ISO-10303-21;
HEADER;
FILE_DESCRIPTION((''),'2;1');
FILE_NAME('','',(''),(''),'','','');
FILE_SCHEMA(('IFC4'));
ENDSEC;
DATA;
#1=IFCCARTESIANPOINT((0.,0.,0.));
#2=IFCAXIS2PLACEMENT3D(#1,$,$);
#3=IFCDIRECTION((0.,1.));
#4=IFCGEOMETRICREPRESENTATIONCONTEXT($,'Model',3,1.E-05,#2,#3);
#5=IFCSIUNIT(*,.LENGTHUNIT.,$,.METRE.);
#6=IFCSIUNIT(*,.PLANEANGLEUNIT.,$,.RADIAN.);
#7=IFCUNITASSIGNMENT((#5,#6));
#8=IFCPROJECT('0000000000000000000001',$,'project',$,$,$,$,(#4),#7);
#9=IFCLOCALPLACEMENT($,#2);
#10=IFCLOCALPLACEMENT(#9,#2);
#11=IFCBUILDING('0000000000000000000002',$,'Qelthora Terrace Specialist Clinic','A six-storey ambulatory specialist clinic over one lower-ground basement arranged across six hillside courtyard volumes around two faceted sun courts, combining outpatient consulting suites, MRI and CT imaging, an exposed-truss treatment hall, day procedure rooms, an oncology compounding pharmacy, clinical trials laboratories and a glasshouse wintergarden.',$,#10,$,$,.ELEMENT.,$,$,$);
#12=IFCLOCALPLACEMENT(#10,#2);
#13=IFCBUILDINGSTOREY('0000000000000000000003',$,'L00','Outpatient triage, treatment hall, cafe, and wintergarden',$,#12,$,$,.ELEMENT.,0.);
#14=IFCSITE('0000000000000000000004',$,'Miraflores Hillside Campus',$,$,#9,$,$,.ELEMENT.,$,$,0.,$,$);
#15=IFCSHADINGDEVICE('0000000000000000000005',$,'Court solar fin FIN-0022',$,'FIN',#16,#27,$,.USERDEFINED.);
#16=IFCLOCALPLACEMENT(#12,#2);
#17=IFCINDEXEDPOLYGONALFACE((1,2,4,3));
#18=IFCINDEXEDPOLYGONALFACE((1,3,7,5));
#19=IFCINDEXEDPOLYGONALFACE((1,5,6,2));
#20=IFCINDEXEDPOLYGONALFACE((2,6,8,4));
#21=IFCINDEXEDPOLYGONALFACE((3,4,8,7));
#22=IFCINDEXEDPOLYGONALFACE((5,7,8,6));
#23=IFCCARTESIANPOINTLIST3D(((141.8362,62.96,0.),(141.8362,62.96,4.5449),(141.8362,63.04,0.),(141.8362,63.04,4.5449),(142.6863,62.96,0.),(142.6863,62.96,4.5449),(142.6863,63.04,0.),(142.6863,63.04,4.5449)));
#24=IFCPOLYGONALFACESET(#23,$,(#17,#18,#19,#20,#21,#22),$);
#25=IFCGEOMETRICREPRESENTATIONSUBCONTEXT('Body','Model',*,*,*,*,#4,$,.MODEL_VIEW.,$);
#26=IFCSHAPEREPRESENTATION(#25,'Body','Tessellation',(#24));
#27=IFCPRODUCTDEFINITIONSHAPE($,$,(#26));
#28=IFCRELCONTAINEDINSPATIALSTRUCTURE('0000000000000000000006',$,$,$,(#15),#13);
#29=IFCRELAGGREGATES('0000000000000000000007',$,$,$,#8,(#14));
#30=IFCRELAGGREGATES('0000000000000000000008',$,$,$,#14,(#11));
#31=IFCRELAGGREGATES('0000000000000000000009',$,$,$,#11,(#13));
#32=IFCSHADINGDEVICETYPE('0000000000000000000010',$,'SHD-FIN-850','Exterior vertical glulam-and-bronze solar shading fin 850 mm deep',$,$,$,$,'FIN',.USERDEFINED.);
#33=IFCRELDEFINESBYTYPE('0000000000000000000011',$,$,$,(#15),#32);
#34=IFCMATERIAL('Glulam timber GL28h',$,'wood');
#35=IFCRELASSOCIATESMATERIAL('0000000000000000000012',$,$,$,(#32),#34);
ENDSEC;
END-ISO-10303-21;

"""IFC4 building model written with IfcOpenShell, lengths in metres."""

from ifc_helpers import new_model, si_unit, direction, frame, origin, origin_2d, place, context, subcontext, project, spatial, rectangle, extrude, material, type_object, element, save


model = new_model("IFC4")

# Units and contexts
model_context = context("Model", 3, precision=1e-05, world=origin(), true_north=direction((0.0, 1.0)))
body_context = subcontext(model_context, "Body", "Model", "MODEL_VIEW")
ifc_project = project(units=[si_unit("LENGTHUNIT", "METRE"), si_unit("PLANEANGLEUNIT", "RADIAN")], contexts=[model_context])

# Site, building, storey
site_placement = place(None, origin())
site = spatial("IfcSite", under=ifc_project, at=site_placement, Name="Miraflores Hillside Campus", CompositionType="ELEMENT", RefElevation=0.0)
building_placement = place(site_placement, origin())
building = spatial("IfcBuilding", under=site, at=building_placement, Name="Qelthora Terrace Specialist Clinic", Description="A six-storey ambulatory specialist clinic over one lower-ground basement arranged across six hillside courtyard volumes around two faceted sun courts, combining outpatient consulting suites, MRI and CT imaging, an exposed-truss treatment hall, day procedure rooms, an oncology compounding pharmacy, clinical trials laboratories and a glasshouse wintergarden.", CompositionType="ELEMENT")
storey_placement = place(building_placement, origin())
storey = spatial("IfcBuildingStorey", under=building, at=storey_placement, Name="L00", Description="Outpatient triage, treatment hall, cafe, and wintergarden", CompositionType="ELEMENT", Elevation=0.0)

# Shading device
ifc_material_1 = material(Name="Glulam timber GL28h", Category="wood")
shading_device_type = type_object("IfcShadingDeviceType", Name="SHD-FIN-850", Description="Exterior vertical glulam-and-bronze solar shading fin 850 mm deep", ElementType="FIN", PredefinedType="USERDEFINED", material=ifc_material_1)
shading_device_placement = place(storey_placement, frame((142.2612, 63.0, 0.0), z_axis=(0.0, 0.0, 1.0), x_axis=(-1.0, 0.0, 0.0)))
element("IfcShadingDevice", 1, at=shading_device_placement, inside=storey, type_object=shading_device_type, Name="Court solar fin FIN-0022", ObjectType="FIN", PredefinedType="USERDEFINED", context=body_context, shape_type="SweptSolid", body=[
    extrude(rectangle(XDim=0.8501, YDim=0.0801, at=origin_2d()), origin(), (0.0, 0.0, 1.0), 4.5449),
])

save(model, "model.ifc")
